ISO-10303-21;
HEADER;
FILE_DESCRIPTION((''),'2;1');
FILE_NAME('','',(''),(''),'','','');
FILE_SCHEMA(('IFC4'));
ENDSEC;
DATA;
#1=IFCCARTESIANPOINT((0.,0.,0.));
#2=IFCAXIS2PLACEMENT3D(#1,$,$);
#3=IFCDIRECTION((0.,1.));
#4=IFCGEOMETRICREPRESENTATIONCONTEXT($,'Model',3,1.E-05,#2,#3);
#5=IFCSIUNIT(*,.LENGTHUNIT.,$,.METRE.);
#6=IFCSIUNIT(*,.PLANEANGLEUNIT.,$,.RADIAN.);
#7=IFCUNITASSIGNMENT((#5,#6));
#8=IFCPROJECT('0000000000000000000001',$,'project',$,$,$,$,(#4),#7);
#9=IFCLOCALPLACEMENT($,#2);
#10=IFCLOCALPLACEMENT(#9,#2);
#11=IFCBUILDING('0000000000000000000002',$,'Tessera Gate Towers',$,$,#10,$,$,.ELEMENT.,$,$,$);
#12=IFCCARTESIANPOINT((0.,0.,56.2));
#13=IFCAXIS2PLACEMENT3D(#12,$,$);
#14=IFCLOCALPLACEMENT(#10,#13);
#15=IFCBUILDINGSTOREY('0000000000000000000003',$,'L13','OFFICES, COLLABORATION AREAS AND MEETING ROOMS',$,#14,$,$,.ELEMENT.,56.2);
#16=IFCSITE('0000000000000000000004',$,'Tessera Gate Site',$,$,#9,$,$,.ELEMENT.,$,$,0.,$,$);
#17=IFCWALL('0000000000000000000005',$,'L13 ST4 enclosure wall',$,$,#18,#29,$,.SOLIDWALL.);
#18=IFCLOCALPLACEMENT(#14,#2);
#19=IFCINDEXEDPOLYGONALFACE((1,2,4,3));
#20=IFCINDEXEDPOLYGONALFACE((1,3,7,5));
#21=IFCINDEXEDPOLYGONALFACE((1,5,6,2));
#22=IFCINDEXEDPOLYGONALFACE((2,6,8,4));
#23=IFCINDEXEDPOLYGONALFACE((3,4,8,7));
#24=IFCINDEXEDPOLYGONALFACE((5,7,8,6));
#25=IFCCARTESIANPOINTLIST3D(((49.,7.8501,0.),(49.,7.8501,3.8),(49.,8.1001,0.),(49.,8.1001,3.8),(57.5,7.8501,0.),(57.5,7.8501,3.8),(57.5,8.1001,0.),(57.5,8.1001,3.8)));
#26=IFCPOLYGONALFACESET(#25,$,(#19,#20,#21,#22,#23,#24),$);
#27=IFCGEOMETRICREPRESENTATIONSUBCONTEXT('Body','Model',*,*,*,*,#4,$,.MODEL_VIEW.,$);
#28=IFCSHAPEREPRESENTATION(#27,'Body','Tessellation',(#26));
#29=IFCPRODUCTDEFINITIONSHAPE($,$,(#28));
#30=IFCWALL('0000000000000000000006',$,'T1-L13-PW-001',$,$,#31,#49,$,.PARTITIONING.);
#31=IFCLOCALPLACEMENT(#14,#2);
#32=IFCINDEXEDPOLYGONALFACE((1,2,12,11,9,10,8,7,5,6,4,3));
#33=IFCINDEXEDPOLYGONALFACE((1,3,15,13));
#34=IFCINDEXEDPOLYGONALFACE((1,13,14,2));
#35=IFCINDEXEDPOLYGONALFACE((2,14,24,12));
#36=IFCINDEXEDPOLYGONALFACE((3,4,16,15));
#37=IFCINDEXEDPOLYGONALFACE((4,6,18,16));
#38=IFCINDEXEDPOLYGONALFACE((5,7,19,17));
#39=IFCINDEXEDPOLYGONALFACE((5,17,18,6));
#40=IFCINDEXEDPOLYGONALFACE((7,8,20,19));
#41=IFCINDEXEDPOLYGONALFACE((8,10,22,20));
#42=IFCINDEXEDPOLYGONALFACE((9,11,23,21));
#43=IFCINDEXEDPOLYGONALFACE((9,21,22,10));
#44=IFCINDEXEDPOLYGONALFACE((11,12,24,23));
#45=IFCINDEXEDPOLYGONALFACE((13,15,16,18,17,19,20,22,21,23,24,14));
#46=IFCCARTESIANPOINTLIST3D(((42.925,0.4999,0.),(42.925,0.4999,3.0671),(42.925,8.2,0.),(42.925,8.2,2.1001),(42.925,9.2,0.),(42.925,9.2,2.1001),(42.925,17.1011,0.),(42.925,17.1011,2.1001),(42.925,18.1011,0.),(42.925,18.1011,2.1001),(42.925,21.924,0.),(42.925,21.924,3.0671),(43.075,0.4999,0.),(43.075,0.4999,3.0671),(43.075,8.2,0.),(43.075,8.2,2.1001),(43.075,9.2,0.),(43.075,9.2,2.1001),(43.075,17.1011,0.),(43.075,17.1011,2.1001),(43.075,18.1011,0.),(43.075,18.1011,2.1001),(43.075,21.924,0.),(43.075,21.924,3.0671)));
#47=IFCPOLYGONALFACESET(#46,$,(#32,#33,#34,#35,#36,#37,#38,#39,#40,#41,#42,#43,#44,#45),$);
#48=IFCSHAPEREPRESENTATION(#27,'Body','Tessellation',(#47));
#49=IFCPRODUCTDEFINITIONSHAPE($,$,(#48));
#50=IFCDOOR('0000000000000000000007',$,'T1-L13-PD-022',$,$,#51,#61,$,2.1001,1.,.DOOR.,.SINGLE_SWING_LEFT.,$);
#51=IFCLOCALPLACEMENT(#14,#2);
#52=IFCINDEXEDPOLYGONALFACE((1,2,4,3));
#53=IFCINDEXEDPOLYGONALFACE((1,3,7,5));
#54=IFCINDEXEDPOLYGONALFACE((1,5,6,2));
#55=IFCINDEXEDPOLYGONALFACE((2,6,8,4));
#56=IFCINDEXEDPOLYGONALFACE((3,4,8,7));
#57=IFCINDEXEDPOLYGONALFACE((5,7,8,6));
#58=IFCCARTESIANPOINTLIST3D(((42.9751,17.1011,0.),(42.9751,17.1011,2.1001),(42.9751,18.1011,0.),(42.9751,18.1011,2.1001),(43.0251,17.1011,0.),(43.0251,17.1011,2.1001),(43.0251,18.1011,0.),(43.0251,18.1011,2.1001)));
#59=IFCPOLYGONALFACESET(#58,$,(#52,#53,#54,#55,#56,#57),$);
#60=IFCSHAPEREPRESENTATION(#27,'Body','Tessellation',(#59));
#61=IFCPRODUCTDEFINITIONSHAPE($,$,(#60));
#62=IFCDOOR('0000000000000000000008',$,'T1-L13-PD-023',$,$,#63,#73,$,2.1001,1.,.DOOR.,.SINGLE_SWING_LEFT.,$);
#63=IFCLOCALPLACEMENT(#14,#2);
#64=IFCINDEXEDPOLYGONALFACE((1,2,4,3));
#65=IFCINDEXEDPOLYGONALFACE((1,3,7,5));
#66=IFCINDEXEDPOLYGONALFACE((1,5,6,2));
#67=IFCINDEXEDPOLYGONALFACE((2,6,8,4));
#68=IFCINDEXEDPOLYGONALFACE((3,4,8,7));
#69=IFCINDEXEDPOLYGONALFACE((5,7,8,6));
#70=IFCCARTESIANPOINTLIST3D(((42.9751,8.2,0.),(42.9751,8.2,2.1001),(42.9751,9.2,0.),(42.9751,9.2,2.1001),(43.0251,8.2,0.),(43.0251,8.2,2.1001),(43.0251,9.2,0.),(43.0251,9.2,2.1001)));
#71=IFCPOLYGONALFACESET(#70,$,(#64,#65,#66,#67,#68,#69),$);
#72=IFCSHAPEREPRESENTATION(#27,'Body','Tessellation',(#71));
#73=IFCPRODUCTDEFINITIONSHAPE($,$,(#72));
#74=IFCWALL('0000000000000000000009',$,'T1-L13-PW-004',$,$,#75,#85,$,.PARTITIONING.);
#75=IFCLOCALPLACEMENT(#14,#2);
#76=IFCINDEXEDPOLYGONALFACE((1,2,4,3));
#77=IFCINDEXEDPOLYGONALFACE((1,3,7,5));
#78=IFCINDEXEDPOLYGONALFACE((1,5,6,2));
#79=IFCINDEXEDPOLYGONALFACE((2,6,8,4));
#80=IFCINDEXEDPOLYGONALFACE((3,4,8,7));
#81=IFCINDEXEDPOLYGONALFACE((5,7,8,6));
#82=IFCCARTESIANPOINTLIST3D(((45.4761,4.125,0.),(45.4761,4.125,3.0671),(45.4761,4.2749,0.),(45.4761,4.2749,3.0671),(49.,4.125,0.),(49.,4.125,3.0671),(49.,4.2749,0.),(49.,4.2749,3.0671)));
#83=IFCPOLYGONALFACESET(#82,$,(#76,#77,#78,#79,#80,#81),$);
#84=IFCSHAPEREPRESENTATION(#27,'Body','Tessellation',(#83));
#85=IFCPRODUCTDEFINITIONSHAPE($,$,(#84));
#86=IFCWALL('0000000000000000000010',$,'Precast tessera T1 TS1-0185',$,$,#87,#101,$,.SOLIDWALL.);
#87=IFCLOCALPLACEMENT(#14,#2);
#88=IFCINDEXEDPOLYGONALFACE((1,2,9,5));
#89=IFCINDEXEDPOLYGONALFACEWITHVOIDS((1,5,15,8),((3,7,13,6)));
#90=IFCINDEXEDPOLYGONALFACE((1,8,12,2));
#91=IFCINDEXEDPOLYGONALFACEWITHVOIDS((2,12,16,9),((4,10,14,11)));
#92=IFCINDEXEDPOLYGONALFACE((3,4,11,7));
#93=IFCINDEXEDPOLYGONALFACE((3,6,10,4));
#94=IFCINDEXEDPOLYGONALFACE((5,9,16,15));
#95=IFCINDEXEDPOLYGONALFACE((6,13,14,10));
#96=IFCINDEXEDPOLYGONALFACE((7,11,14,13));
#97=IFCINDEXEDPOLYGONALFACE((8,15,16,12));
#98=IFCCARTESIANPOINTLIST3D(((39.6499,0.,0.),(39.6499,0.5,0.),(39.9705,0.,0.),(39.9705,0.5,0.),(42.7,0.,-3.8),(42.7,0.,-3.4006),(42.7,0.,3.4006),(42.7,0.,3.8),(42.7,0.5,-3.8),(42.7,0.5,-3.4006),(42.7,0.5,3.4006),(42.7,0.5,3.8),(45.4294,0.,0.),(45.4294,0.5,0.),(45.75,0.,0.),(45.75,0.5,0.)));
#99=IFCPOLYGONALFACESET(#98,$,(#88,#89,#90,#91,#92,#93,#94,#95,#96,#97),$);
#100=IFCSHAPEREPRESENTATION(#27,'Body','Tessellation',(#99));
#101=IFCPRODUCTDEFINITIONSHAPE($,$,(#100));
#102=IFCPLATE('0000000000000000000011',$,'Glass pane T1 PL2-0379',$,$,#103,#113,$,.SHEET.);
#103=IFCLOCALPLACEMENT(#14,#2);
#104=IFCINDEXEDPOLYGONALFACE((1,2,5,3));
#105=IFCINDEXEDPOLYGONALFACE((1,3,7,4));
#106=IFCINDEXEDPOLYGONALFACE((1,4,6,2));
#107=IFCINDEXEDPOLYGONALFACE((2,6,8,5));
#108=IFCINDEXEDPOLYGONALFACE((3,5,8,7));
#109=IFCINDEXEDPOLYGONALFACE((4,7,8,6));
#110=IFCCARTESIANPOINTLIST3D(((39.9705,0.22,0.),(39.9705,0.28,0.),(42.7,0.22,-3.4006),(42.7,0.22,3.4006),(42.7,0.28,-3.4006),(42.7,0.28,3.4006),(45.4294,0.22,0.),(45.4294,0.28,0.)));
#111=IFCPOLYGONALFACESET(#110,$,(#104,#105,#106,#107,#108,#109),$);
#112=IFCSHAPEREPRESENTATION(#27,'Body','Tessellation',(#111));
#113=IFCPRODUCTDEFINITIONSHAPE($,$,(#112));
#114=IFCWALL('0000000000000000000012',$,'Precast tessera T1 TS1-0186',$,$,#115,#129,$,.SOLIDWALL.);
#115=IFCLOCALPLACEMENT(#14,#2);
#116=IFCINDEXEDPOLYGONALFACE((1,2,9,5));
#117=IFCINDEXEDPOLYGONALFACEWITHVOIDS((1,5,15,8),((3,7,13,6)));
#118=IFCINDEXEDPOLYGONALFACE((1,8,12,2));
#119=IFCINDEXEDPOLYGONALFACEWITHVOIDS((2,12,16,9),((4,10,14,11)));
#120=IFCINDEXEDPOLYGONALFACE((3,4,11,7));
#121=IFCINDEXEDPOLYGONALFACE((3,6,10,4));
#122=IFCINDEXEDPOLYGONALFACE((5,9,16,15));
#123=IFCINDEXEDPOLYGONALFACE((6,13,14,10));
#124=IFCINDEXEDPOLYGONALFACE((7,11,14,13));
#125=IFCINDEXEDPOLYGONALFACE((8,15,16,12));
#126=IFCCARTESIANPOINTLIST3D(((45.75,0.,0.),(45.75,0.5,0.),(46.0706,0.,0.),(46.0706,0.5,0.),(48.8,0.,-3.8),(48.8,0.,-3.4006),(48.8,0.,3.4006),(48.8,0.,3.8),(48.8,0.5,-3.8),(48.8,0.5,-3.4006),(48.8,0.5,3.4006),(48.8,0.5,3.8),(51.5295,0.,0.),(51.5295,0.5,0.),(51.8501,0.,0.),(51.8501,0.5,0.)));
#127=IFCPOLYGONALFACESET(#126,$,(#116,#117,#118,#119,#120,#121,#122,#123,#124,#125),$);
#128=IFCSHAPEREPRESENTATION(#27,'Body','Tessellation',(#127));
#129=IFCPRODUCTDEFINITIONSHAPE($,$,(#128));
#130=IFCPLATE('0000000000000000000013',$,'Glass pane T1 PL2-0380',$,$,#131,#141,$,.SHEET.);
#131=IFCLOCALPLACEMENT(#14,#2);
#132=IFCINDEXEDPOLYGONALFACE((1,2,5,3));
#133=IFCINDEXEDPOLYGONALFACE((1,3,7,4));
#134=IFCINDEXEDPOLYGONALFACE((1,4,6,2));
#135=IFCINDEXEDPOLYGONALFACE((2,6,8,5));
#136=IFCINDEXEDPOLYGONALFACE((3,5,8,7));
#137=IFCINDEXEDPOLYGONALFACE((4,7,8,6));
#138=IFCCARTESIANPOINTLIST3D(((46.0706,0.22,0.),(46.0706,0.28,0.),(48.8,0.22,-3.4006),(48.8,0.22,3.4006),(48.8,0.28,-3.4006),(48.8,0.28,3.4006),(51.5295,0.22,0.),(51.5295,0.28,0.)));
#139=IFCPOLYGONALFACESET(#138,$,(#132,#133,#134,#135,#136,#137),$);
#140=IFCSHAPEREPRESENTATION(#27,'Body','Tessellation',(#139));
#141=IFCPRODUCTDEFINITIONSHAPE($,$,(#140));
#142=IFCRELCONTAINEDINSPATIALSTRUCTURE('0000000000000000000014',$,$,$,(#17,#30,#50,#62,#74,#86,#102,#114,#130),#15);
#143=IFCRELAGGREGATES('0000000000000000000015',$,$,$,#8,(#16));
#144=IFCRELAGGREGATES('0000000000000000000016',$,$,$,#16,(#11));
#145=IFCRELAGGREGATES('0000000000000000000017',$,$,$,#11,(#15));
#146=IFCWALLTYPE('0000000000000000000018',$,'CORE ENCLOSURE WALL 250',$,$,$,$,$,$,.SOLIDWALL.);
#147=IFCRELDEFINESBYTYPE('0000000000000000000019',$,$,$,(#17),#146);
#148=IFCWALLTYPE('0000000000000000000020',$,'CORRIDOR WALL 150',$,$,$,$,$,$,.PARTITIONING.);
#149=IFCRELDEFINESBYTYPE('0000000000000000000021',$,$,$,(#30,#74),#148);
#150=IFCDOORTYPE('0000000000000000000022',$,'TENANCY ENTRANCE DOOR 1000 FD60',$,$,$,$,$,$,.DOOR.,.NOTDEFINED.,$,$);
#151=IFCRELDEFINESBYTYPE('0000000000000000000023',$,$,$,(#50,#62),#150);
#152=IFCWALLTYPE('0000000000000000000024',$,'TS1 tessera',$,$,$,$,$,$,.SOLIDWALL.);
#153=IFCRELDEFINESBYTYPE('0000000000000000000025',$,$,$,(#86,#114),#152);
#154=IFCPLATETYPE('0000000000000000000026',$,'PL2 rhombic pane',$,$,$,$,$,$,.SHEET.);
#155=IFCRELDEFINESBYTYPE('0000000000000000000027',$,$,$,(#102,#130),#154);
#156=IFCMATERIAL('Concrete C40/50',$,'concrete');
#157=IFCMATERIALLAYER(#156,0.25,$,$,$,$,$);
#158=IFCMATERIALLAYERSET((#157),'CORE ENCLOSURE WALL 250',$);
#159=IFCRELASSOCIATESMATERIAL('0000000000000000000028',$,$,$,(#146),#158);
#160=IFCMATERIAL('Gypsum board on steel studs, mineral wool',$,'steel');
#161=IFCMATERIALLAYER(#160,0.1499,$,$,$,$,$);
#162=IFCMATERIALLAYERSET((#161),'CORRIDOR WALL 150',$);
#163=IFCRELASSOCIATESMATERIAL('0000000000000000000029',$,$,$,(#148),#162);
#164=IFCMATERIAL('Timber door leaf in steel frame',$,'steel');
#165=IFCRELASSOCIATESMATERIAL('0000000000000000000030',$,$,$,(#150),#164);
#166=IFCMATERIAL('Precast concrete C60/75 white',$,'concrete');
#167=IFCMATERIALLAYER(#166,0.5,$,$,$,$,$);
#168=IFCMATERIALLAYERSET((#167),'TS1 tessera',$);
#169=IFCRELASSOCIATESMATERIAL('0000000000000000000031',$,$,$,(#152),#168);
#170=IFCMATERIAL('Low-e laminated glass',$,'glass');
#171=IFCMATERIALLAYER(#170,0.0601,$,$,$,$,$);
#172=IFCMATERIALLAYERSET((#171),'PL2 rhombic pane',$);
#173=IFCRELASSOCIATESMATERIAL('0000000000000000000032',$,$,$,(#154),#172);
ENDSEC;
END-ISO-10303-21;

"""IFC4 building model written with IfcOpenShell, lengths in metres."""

from ifc_helpers import new_model, si_unit, direction, frame, frame_2d, origin, place, context, subcontext, project, spatial, polyline, rectangle, outline, extrude, source, transform, mapped, material, layer, layer_set, type_object, element, fill, save


model = new_model("IFC4")

# Units and contexts
model_context = context("Model", 3, precision=1e-05, world=origin(), true_north=direction((0.0, 1.0)))
body_context = subcontext(model_context, "Body", "Model", "MODEL_VIEW")
ifc_project = project(units=[si_unit("LENGTHUNIT", "METRE"), si_unit("PLANEANGLEUNIT", "RADIAN")], contexts=[model_context])

# Site, building, storey
site_placement = place(None, origin())
site = spatial("IfcSite", under=ifc_project, at=site_placement, Name="Tessera Gate Site", CompositionType="ELEMENT", RefElevation=0.0)
building_placement = place(site_placement, origin())
building = spatial("IfcBuilding", under=site, at=building_placement, Name="Tessera Gate Towers", CompositionType="ELEMENT")
storey_placement = place(building_placement, frame((0.0, 0.0, 56.2)))
storey = spatial("IfcBuildingStorey", under=building, at=storey_placement, Name="L13", Description="OFFICES, COLLABORATION AREAS AND MEETING ROOMS", CompositionType="ELEMENT", Elevation=56.2)

# Wall
ifc_material_1 = material(Name="Concrete C40/50", Category="concrete")
ifc_layer_1 = layer(ifc_material_1, 0.25)
ifc_layer_set_1 = layer_set([ifc_layer_1], Name="CORE ENCLOSURE WALL 250")
wall_type_1 = type_object("IfcWallType", Name="CORE ENCLOSURE WALL 250", PredefinedType="SOLIDWALL", material=ifc_layer_set_1)
wall_1_placement = place(storey_placement, frame((49.0, 7.9751, 0.0), z_axis=(0.0, 0.0, 1.0), x_axis=(1.0, 0.0, 0.0)))
element("IfcWall", 1, at=wall_1_placement, inside=storey, type_object=wall_type_1, Name="L13 ST4 enclosure wall", PredefinedType="SOLIDWALL", context=body_context, shape_type="SweptSolid", body=[
    extrude(rectangle(XDim=8.5, YDim=0.25, at=frame_2d((4.25, 0.0))), origin(), (0.0, 0.0, 1.0), 3.8),
])

# Wall, openings, doors
ifc_material_2 = material(Name="Gypsum board on steel studs, mineral wool", Category="steel")
ifc_layer_2 = layer(ifc_material_2, 0.1499)
ifc_layer_set_2 = layer_set([ifc_layer_2], Name="CORRIDOR WALL 150")
wall_type_2 = type_object("IfcWallType", Name="CORRIDOR WALL 150", PredefinedType="PARTITIONING", material=ifc_layer_set_2)
wall_2_placement = place(storey_placement, frame((43.0, 0.5, 0.0), z_axis=(0.0, 0.0, 1.0), x_axis=(0.0, 1.0, 0.0)))
wall_2 = element("IfcWall", 2, at=wall_2_placement, inside=storey, type_object=wall_type_2, Name="T1-L13-PW-001", PredefinedType="PARTITIONING", context=body_context, shape_type="SweptSolid", body=[
    extrude(rectangle(XDim=21.4241, YDim=0.1499, at=frame_2d((10.7119, 0.0))), origin(), (0.0, 0.0, 1.0), 3.0671),
])
shared_shape_1 = source(origin(), body_context, "Body", "SweptSolid", [
    extrude(rectangle(XDim=1.0, YDim=2.1001, at=frame_2d((0.5, 1.05))), frame((0.0, 0.085, 0.0), z_axis=(0.0, -1.0, 0.0), x_axis=(1.0, 0.0, 0.0)), (0.0, 0.0, 1.0), 0.1699),
])
opening_1_placement = place(wall_2_placement, frame((16.6011, 0.0, 0.0)))
opening_1 = element("IfcOpeningElement", 3, at=opening_1_placement, cuts=wall_2, PredefinedType="OPENING", context=body_context, shape_type="MappedRepresentation", body=[
    mapped(shared_shape_1, transform((0.0, 0.0, 0.0), scale=1.0)),
])
opening_2_placement = place(wall_2_placement, frame((7.7, 0.0, 0.0)))
opening_2 = element("IfcOpeningElement", 4, at=opening_2_placement, cuts=wall_2, PredefinedType="OPENING", context=body_context, shape_type="MappedRepresentation", body=[
    mapped(shared_shape_1, transform((0.0, 0.0, 0.0), scale=1.0)),
])
ifc_material_3 = material(Name="Timber door leaf in steel frame", Category="steel")
door_type = type_object("IfcDoorType", Name="TENANCY ENTRANCE DOOR 1000 FD60", OperationType="NOTDEFINED", PredefinedType="DOOR", material=ifc_material_3)
shared_shape_2 = source(origin(), body_context, "Body", "SweptSolid", [
    extrude(rectangle(XDim=1.0, YDim=2.1001, at=frame_2d((0.5, 1.05))), frame((0.0, 0.0249, 0.0), z_axis=(0.0, -1.0, 0.0), x_axis=(1.0, 0.0, 0.0)), (0.0, 0.0, 1.0), 0.05),
])
door_1_placement = place(opening_1_placement, origin())
door_1 = element("IfcDoor", 5, at=door_1_placement, inside=storey, type_object=door_type, Name="T1-L13-PD-022", OperationType="SINGLE_SWING_LEFT", OverallHeight=2.1001, OverallWidth=1.0, PredefinedType="DOOR", context=body_context, shape_type="MappedRepresentation", body=[
    mapped(shared_shape_2, transform((0.0, 0.0, 0.0), scale=1.0)),
])
fill(opening_1, door_1)
door_2_placement = place(opening_2_placement, origin())
door_2 = element("IfcDoor", 6, at=door_2_placement, inside=storey, type_object=door_type, Name="T1-L13-PD-023", OperationType="SINGLE_SWING_LEFT", OverallHeight=2.1001, OverallWidth=1.0, PredefinedType="DOOR", context=body_context, shape_type="MappedRepresentation", body=[
    mapped(shared_shape_2, transform((0.0, 0.0, 0.0), scale=1.0)),
])
fill(opening_2, door_2)

# Wall
wall_3_placement = place(storey_placement, frame((45.4761, 4.2, 0.0), z_axis=(0.0, 0.0, 1.0), x_axis=(1.0, 0.0, 0.0)))
element("IfcWall", 7, at=wall_3_placement, inside=storey, type_object=wall_type_2, Name="T1-L13-PW-004", PredefinedType="PARTITIONING", context=body_context, shape_type="SweptSolid", body=[
    extrude(rectangle(XDim=3.5239, YDim=0.1499, at=frame_2d((1.762, 0.0))), origin(), (0.0, 0.0, 1.0), 3.0671),
])

# Walls, openings, plates
ifc_material_4 = material(Name="Precast concrete C60/75 white", Category="concrete")
ifc_layer_3 = layer(ifc_material_4, 0.5)
ifc_layer_set_3 = layer_set([ifc_layer_3], Name="TS1 tessera")
wall_type_3 = type_object("IfcWallType", Name="TS1 tessera", PredefinedType="SOLIDWALL", material=ifc_layer_set_3)
shared_shape_3 = source(origin(), body_context, "Body", "SweptSolid", [
    extrude(outline(polyline([(3.05, 0.0), (6.1001, 3.8), (3.05, 7.6001), (0.0, 3.8), (3.05, 0.0)])), frame((0.0, 0.25, 0.0), z_axis=(0.0, -1.0, 0.0), x_axis=(1.0, 0.0, 0.0)), (0.0, 0.0, 1.0), 0.5),
])
wall_4_placement = place(storey_placement, frame((39.6499, 0.25, -3.8), z_axis=(0.0, 0.0, 1.0), x_axis=(1.0, 0.0, 0.0)))
wall_4 = element("IfcWall", 8, at=wall_4_placement, inside=storey, type_object=wall_type_3, Name="Precast tessera T1 TS1-0185", PredefinedType="SOLIDWALL", context=body_context, shape_type="MappedRepresentation", body=[
    mapped(shared_shape_3, transform((0.0, 0.0, 0.0), scale=1.0)),
])
shared_shape_4 = source(origin(), body_context, "Body", "SweptSolid", [
    extrude(outline(polyline([(3.05, 0.3994), (5.7795, 3.8), (3.05, 7.2007), (0.3206, 3.8), (3.05, 0.3994)])), frame((0.0, 0.26, 0.0), z_axis=(0.0, -1.0, 0.0), x_axis=(1.0, 0.0, 0.0)), (0.0, 0.0, 1.0), 0.52),
])
opening_3_placement = place(wall_4_placement, origin())
opening_3 = element("IfcOpeningElement", 9, at=opening_3_placement, cuts=wall_4, PredefinedType="OPENING", context=body_context, shape_type="MappedRepresentation", body=[
    mapped(shared_shape_4, transform((0.0, 0.0, 0.0), scale=1.0)),
])
ifc_material_5 = material(Name="Low-e laminated glass", Category="glass")
ifc_layer_4 = layer(ifc_material_5, 0.0601)
ifc_layer_set_4 = layer_set([ifc_layer_4], Name="PL2 rhombic pane")
plate_type = type_object("IfcPlateType", Name="PL2 rhombic pane", PredefinedType="SHEET", material=ifc_layer_set_4)
shared_shape_5 = source(origin(), body_context, "Body", "SweptSolid", [
    extrude(outline(polyline([(3.05, 0.3994), (5.7795, 3.8), (3.05, 7.2007), (0.3206, 3.8), (3.05, 0.3994)])), frame((0.0, 0.03, 0.0), z_axis=(0.0, -1.0, 0.0), x_axis=(1.0, 0.0, 0.0)), (0.0, 0.0, 1.0), 0.0601),
])
plate_1_placement = place(opening_3_placement, origin())
plate_1 = element("IfcPlate", 10, at=plate_1_placement, inside=storey, type_object=plate_type, Name="Glass pane T1 PL2-0379", PredefinedType="SHEET", context=body_context, shape_type="MappedRepresentation", body=[
    mapped(shared_shape_5, transform((0.0, 0.0, 0.0), scale=1.0)),
])
fill(opening_3, plate_1)
wall_5_placement = place(storey_placement, frame((45.75, 0.25, -3.8), z_axis=(0.0, 0.0, 1.0), x_axis=(1.0, 0.0, 0.0)))
wall_5 = element("IfcWall", 11, at=wall_5_placement, inside=storey, type_object=wall_type_3, Name="Precast tessera T1 TS1-0186", PredefinedType="SOLIDWALL", context=body_context, shape_type="MappedRepresentation", body=[
    mapped(shared_shape_3, transform((0.0, 0.0, 0.0), scale=1.0)),
])
opening_4_placement = place(wall_5_placement, origin())
opening_4 = element("IfcOpeningElement", 12, at=opening_4_placement, cuts=wall_5, PredefinedType="OPENING", context=body_context, shape_type="MappedRepresentation", body=[
    mapped(shared_shape_4, transform((0.0, 0.0, 0.0), scale=1.0)),
])
plate_2_placement = place(opening_4_placement, origin())
plate_2 = element("IfcPlate", 13, at=plate_2_placement, inside=storey, type_object=plate_type, Name="Glass pane T1 PL2-0380", PredefinedType="SHEET", context=body_context, shape_type="MappedRepresentation", body=[
    mapped(shared_shape_5, transform((0.0, 0.0, 0.0), scale=1.0)),
])
fill(opening_4, plate_2)

save(model, "model.ifc")
